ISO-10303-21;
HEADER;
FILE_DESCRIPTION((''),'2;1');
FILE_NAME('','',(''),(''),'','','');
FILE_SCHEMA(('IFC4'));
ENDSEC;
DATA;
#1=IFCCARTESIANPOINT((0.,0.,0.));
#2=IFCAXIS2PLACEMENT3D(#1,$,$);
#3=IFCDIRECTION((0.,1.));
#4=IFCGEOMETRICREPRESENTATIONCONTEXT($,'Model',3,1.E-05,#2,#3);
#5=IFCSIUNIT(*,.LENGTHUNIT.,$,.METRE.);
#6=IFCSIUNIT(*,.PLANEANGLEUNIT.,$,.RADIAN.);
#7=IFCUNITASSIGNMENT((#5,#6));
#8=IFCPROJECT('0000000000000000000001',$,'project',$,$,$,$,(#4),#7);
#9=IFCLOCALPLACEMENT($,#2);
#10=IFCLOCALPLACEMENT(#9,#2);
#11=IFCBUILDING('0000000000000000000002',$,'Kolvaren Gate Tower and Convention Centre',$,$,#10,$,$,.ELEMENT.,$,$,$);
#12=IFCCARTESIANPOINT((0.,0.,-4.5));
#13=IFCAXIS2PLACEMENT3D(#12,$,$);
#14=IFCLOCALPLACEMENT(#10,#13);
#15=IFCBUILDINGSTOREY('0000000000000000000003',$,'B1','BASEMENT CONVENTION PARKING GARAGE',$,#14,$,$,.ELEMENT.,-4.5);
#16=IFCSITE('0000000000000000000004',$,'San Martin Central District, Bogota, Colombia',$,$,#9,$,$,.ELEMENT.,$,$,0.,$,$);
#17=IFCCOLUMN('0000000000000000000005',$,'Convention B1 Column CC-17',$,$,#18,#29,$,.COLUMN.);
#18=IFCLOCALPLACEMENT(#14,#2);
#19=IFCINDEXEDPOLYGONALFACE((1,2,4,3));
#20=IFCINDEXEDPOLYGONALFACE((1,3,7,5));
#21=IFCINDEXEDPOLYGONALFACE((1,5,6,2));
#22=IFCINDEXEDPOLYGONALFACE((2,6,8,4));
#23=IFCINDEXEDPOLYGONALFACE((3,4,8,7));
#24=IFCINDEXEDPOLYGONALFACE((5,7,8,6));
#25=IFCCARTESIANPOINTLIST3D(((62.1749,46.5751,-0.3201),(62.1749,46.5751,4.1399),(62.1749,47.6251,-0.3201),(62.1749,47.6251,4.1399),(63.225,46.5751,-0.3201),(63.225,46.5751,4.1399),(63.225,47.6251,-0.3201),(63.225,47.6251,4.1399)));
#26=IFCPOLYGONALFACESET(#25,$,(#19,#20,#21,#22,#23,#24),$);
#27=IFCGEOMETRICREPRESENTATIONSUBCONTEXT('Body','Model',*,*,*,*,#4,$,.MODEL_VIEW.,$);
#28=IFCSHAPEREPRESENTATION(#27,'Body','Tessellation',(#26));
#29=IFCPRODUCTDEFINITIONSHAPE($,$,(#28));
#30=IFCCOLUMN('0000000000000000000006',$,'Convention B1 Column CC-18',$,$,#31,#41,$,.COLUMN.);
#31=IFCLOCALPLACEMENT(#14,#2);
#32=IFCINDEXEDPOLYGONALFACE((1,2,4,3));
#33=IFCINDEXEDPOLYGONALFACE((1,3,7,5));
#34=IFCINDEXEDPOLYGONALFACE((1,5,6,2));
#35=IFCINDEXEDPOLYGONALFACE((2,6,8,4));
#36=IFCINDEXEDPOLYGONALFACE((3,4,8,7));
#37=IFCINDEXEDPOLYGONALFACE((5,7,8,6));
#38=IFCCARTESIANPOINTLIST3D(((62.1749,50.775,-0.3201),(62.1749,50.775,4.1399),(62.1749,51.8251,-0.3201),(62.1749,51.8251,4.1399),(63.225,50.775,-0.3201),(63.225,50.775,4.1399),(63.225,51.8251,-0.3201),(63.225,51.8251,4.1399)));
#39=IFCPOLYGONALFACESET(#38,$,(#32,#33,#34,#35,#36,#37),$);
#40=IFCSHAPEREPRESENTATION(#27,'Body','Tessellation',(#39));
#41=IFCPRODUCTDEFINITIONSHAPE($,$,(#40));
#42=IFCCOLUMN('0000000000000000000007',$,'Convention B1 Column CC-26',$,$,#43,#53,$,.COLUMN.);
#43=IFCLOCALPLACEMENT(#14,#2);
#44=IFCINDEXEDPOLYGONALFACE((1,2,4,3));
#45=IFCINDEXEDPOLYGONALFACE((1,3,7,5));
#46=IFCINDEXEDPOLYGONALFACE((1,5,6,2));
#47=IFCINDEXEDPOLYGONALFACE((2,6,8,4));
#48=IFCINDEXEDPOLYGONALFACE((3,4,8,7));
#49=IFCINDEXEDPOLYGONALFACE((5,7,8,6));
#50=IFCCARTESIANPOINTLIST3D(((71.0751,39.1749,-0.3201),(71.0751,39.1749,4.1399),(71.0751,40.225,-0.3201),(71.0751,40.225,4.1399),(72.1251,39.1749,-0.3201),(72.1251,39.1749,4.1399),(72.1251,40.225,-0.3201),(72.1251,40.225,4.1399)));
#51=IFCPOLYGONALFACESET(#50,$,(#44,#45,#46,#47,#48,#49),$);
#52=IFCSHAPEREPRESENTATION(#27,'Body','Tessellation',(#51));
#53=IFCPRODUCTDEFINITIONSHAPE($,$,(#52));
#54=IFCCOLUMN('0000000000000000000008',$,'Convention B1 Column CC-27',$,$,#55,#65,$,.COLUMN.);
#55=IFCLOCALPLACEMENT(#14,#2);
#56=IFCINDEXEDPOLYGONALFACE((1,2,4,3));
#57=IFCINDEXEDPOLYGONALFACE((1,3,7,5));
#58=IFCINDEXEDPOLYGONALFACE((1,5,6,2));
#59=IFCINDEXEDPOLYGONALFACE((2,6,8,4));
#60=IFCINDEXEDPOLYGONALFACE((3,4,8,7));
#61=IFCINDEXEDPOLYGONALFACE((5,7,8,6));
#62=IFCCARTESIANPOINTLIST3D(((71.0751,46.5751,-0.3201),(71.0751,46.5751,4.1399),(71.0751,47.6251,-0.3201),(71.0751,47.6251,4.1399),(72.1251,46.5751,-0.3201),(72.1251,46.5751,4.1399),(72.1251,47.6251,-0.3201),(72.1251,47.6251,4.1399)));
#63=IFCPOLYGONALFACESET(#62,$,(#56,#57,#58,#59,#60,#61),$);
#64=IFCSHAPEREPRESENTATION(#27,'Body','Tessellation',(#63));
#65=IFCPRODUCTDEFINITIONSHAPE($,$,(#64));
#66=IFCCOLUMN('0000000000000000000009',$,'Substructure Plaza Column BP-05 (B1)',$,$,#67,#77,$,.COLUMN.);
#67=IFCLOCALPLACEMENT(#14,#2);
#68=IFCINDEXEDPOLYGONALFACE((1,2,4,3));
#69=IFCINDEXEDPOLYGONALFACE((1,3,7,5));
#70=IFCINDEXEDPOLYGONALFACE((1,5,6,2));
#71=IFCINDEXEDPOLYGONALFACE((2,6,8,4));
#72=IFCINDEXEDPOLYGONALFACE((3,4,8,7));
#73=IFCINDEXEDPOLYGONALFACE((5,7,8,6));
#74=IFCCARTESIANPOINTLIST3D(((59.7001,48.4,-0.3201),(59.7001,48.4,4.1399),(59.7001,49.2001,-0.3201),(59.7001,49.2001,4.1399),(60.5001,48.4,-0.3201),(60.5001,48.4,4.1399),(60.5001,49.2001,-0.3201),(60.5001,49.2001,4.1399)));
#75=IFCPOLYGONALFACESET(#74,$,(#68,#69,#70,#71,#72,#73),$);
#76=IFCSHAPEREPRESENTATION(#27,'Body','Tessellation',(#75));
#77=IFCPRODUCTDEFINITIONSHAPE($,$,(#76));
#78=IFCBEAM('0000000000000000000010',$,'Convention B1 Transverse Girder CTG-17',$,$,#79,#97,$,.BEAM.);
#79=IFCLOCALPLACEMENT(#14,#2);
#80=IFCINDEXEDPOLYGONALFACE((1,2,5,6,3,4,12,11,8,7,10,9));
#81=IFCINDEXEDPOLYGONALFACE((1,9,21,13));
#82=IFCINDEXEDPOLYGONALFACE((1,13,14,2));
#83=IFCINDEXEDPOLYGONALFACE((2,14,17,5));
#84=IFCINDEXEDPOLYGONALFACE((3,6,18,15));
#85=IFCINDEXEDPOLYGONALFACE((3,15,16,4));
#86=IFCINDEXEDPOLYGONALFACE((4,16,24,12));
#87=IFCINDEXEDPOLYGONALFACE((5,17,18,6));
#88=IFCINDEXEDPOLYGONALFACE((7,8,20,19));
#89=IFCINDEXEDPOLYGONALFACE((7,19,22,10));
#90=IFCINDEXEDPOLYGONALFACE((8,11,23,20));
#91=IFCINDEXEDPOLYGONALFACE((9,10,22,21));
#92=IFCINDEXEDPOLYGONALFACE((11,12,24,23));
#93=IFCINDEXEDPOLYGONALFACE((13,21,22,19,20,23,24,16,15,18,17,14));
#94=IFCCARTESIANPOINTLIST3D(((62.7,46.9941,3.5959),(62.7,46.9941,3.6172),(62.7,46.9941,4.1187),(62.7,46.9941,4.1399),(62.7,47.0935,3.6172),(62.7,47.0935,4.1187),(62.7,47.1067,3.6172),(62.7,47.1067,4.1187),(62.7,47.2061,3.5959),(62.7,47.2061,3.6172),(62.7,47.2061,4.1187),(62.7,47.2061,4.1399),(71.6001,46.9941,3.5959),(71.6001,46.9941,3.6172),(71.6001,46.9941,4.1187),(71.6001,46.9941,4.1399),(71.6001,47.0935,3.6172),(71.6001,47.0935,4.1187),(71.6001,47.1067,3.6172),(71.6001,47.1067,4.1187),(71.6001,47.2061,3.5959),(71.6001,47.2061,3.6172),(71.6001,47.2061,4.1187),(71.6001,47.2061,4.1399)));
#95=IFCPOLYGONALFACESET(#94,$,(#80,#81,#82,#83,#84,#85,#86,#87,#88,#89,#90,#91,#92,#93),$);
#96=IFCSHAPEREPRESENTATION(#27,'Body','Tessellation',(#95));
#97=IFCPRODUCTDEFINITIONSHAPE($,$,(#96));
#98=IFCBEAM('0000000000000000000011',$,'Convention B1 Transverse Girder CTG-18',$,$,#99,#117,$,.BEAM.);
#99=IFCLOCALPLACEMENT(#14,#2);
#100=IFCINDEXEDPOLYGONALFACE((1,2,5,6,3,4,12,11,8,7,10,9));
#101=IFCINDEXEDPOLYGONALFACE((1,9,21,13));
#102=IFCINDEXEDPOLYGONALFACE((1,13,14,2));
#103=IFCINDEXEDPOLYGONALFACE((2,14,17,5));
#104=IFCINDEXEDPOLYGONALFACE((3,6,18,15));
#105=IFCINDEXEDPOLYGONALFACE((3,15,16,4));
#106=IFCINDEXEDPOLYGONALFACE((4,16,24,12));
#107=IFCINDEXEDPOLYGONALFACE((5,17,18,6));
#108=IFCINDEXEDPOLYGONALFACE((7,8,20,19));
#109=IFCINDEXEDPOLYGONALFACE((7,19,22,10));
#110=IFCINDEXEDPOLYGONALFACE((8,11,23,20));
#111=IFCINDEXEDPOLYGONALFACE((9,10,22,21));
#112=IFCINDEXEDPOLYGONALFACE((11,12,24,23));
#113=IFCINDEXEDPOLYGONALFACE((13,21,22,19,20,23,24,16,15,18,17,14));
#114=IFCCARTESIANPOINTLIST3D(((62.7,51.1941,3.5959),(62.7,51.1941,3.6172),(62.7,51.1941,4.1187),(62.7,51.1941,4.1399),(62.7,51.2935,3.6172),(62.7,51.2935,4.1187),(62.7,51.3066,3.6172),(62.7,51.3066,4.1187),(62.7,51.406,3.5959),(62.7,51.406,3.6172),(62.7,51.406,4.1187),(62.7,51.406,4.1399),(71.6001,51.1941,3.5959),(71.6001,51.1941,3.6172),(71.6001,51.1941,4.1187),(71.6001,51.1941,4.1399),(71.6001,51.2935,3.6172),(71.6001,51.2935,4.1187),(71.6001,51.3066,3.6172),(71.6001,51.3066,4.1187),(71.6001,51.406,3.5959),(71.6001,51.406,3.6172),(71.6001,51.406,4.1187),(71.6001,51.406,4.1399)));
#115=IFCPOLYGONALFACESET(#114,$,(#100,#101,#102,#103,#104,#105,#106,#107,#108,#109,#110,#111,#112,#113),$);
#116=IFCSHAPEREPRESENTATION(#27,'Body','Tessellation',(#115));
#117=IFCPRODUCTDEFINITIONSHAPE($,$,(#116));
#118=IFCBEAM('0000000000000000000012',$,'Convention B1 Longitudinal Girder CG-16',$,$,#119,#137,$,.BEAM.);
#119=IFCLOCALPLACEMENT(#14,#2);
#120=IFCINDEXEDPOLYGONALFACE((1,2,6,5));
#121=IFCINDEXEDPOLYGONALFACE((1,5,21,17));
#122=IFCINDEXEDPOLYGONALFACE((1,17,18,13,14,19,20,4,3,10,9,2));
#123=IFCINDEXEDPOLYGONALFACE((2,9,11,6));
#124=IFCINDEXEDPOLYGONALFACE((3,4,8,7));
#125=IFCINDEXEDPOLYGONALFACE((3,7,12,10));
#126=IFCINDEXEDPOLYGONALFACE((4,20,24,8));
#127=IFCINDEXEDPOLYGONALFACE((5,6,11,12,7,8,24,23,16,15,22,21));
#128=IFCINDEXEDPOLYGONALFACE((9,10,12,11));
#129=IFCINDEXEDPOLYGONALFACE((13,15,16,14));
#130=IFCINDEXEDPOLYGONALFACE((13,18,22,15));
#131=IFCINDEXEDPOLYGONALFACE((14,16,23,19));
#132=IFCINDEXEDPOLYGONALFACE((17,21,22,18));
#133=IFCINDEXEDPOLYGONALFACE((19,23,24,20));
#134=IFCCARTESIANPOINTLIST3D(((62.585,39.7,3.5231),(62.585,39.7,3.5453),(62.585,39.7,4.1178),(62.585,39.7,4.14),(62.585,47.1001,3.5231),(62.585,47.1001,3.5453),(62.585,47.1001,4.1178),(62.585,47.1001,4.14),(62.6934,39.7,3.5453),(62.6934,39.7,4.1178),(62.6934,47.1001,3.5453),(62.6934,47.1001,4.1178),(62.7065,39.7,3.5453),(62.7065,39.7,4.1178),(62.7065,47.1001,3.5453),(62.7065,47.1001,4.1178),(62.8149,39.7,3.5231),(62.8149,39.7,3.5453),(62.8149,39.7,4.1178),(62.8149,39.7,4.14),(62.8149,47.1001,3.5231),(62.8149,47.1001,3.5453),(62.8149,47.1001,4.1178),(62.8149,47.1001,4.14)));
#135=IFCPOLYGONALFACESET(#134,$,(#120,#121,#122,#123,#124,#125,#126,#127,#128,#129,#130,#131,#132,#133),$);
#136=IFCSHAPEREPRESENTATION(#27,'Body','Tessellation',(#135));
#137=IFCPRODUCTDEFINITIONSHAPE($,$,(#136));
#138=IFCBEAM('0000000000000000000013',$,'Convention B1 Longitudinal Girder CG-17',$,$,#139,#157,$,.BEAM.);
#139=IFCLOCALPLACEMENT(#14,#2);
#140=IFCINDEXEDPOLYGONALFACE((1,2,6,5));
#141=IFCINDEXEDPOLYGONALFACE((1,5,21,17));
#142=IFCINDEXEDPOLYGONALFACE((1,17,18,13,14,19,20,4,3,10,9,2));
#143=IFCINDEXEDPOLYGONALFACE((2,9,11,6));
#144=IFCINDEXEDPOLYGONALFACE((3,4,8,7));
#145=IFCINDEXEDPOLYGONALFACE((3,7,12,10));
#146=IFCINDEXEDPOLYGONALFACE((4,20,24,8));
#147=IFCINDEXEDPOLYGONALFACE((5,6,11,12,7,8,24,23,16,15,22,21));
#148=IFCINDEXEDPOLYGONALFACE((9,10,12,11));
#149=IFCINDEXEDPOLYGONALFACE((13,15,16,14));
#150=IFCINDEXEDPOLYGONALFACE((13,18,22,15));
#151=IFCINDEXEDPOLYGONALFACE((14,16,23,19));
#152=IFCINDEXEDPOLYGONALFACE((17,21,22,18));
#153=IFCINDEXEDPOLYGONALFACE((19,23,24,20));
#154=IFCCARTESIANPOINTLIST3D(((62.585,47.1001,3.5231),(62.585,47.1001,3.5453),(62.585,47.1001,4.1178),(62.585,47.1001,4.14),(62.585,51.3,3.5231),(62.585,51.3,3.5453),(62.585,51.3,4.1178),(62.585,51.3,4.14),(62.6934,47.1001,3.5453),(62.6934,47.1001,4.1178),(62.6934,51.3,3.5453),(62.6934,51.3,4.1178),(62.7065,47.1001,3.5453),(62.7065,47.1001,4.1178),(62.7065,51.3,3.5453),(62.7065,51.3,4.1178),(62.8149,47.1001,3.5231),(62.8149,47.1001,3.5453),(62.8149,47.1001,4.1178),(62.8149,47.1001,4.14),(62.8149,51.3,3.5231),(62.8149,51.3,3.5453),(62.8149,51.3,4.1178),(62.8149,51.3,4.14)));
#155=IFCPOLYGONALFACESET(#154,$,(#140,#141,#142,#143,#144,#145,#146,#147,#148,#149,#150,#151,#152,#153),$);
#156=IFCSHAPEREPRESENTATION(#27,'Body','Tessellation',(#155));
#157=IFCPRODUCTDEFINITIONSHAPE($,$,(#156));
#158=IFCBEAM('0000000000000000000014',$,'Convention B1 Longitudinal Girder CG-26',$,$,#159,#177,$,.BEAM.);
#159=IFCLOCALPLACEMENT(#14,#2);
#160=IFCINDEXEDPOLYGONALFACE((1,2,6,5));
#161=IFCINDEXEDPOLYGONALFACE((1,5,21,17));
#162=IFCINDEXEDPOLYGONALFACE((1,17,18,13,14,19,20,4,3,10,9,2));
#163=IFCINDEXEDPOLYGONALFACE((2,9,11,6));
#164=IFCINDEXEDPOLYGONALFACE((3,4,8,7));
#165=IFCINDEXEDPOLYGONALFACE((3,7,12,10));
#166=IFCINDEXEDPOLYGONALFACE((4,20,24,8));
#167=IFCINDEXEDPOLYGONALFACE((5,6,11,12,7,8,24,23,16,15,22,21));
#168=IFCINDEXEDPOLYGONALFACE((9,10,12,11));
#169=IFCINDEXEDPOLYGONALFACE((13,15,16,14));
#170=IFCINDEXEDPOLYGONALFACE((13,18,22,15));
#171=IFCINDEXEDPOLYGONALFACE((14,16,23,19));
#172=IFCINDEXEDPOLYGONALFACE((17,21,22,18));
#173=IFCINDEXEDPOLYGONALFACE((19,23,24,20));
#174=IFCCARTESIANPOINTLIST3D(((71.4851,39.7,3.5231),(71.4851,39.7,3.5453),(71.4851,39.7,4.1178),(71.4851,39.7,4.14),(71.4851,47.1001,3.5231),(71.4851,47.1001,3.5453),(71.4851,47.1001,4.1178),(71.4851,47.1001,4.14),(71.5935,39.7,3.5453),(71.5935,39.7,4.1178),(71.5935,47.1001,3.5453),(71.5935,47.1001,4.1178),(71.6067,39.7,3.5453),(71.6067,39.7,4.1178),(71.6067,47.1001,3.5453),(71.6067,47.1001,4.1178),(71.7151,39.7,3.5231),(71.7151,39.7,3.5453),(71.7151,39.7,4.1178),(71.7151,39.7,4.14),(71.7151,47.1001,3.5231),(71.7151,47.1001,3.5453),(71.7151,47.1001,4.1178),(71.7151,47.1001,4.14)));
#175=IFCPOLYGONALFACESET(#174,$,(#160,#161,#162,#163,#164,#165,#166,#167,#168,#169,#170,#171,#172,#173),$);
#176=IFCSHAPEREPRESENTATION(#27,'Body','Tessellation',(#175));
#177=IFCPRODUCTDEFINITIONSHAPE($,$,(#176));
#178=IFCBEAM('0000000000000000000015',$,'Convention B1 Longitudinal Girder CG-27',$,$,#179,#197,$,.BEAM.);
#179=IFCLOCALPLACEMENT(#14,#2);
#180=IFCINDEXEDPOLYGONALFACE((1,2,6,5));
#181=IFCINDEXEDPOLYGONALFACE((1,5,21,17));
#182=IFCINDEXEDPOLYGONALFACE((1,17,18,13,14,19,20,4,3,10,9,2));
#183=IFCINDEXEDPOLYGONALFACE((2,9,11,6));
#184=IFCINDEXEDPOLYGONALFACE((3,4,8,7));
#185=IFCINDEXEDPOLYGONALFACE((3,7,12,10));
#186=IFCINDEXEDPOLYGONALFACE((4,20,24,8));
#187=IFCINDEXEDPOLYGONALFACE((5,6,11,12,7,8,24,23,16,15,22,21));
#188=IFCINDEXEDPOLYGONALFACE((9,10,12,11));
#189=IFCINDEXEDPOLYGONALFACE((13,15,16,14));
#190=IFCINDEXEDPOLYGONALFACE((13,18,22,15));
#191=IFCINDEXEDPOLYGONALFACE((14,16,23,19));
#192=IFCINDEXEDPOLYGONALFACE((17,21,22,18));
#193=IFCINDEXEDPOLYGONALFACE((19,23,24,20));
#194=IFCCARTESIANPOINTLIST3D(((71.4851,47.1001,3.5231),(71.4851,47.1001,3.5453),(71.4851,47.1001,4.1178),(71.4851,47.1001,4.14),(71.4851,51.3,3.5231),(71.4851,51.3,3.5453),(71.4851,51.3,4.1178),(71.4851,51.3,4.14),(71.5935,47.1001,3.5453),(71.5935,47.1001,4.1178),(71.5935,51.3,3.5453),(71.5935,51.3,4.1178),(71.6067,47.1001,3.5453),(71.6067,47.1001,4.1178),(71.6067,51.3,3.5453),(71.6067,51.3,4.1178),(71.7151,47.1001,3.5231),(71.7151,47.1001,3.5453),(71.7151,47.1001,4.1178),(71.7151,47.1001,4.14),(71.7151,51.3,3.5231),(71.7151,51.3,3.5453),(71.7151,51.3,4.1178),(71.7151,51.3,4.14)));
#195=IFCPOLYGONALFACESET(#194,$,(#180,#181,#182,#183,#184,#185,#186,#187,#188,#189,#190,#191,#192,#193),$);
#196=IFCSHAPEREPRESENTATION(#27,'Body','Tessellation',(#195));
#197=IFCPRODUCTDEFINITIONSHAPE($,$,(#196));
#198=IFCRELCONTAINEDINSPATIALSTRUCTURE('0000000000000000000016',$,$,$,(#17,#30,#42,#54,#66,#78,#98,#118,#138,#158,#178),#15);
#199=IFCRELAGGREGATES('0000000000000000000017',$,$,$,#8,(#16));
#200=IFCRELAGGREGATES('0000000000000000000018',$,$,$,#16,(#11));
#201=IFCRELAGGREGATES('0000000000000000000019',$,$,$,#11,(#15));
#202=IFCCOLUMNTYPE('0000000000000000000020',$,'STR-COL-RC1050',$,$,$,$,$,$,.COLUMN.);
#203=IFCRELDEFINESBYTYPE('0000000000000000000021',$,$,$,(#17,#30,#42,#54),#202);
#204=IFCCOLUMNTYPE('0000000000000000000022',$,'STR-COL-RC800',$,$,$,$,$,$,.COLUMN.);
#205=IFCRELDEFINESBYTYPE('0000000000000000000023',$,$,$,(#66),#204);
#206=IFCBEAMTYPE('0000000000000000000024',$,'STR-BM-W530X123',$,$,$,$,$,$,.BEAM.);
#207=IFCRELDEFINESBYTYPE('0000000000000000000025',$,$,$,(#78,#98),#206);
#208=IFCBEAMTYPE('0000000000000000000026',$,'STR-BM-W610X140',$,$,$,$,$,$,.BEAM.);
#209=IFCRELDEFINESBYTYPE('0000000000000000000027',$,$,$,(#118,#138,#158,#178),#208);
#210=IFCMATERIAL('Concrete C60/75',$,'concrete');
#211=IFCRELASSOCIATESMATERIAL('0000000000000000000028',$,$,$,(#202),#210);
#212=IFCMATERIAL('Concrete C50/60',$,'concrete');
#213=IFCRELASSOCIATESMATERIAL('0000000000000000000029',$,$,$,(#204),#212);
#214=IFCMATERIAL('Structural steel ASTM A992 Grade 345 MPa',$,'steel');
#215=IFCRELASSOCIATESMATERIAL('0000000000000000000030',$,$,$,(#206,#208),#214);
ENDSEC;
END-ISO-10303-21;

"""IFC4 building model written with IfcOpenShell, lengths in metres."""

from ifc_helpers import new_model, si_unit, direction, frame, origin, origin_2d, place, context, subcontext, project, spatial, rectangle, i_section, extrude, material, material_profile, profile_set, type_object, element, save


model = new_model("IFC4")

# Units and contexts
model_context = context("Model", 3, precision=1e-05, world=origin(), true_north=direction((0.0, 1.0)))
body_context = subcontext(model_context, "Body", "Model", "MODEL_VIEW")
ifc_project = project(units=[si_unit("LENGTHUNIT", "METRE"), si_unit("PLANEANGLEUNIT", "RADIAN")], contexts=[model_context])

# Site, building, storey
site_placement = place(None, origin())
site = spatial("IfcSite", under=ifc_project, at=site_placement, Name="San Martin Central District, Bogota, Colombia", CompositionType="ELEMENT", RefElevation=0.0)
building_placement = place(site_placement, origin())
building = spatial("IfcBuilding", under=site, at=building_placement, Name="Kolvaren Gate Tower and Convention Centre", CompositionType="ELEMENT")
storey_placement = place(building_placement, frame((0.0, 0.0, -4.5)))
storey = spatial("IfcBuildingStorey", under=building, at=storey_placement, Name="B1", Description="BASEMENT CONVENTION PARKING GARAGE", CompositionType="ELEMENT", Elevation=-4.5)

# Columns
ifc_material_1 = material(Name="Concrete C60/75", Category="concrete")
ifc_material_profile_1 = material_profile(ifc_material_1, rectangle(XDim=1.05, YDim=1.05, at=origin_2d()), Name="RC-COL-1050X1050")
ifc_profile_set_1 = profile_set([ifc_material_profile_1], Name="Concrete C60/75")
column_type_1 = type_object("IfcColumnType", Name="STR-COL-RC1050", PredefinedType="COLUMN", material=ifc_profile_set_1)
for number, where, z_axis, x_axis, name in (
    (1, (62.7, 47.1001, -0.3201), (0.0, 0.0, 1.0), (1.0, 0.0, 0.0), "Convention B1 Column CC-17"),
    (2, (62.7, 51.3, -0.3201), (0.0, 0.0, 1.0), (1.0, 0.0, 0.0), "Convention B1 Column CC-18"),
    (3, (71.6001, 39.7, -0.3201), (0.0, 0.0, 1.0), (1.0, 0.0, 0.0), "Convention B1 Column CC-26"),
    (4, (71.6001, 47.1001, -0.3201), (0.0, 0.0, 1.0), (1.0, 0.0, 0.0), "Convention B1 Column CC-27"),
):
    element("IfcColumn", number, at=place(storey_placement, frame(where, z_axis=z_axis, x_axis=x_axis)), inside=storey, type_object=column_type_1, Name=name, PredefinedType="COLUMN", context=body_context, shape_type="SweptSolid", body=[
        extrude(rectangle(XDim=1.05, YDim=1.05, at=origin_2d()), origin(), (0.0, 0.0, 1.0), 4.46),
    ])
ifc_material_2 = material(Name="Concrete C50/60", Category="concrete")
ifc_material_profile_2 = material_profile(ifc_material_2, rectangle(XDim=0.8, YDim=0.8, at=origin_2d()), Name="RC-COL-800X800")
ifc_profile_set_2 = profile_set([ifc_material_profile_2], Name="Concrete C50/60")
column_type_2 = type_object("IfcColumnType", Name="STR-COL-RC800", PredefinedType="COLUMN", material=ifc_profile_set_2)
column_placement = place(storey_placement, frame((60.1001, 48.8, -0.3201), z_axis=(0.0, 0.0, 1.0), x_axis=(1.0, 0.0, 0.0)))
element("IfcColumn", 5, at=column_placement, inside=storey, type_object=column_type_2, Name="Substructure Plaza Column BP-05 (B1)", PredefinedType="COLUMN", context=body_context, shape_type="SweptSolid", body=[
    extrude(rectangle(XDim=0.8, YDim=0.8, at=origin_2d()), origin(), (0.0, 0.0, 1.0), 4.46),
])

# Beams
ifc_material_3 = material(Name="Structural steel ASTM A992 Grade 345 MPa", Category="steel")
ifc_material_profile_3 = material_profile(ifc_material_3, i_section(OverallWidth=0.2119, OverallDepth=0.5439, WebThickness=0.0132, FlangeThickness=0.0212, at=origin_2d()), Name="W530X123")
ifc_profile_set_3 = profile_set([ifc_material_profile_3], Name="Structural steel ASTM A992 Grade 345 MPa")
beam_type_1 = type_object("IfcBeamType", Name="STR-BM-W530X123", PredefinedType="BEAM", material=ifc_profile_set_3)
for number, where, z_axis, x_axis, name in (
    (6, (62.7, 47.1001, 3.8679), (1.0, 0.0, 0.0), (0.0, 1.0, 0.0), "Convention B1 Transverse Girder CTG-17"),
    (7, (62.7, 51.3, 3.8679), (1.0, 0.0, 0.0), (0.0, 1.0, 0.0), "Convention B1 Transverse Girder CTG-18"),
):
    element("IfcBeam", number, at=place(storey_placement, frame(where, z_axis=z_axis, x_axis=x_axis)), inside=storey, type_object=beam_type_1, Name=name, PredefinedType="BEAM", context=body_context, shape_type="SweptSolid", body=[
        extrude(i_section(OverallWidth=0.2119, OverallDepth=0.5439, WebThickness=0.0132, FlangeThickness=0.0212, at=origin_2d()), origin(), (0.0, 0.0, 1.0), 8.9001),
    ])
ifc_material_profile_4 = material_profile(ifc_material_3, i_section(OverallWidth=0.23, OverallDepth=0.6169, WebThickness=0.0132, FlangeThickness=0.0222, at=origin_2d()), Name="W610X140")
ifc_profile_set_4 = profile_set([ifc_material_profile_4], Name="Structural steel ASTM A992 Grade 345 MPa")
beam_type_2 = type_object("IfcBeamType", Name="STR-BM-W610X140", PredefinedType="BEAM", material=ifc_profile_set_4)
beam_1_placement = place(storey_placement, frame((62.7, 39.7, 3.8315), z_axis=(0.0, 1.0, 0.0), x_axis=(-1.0, 0.0, 0.0)))
element("IfcBeam", 8, at=beam_1_placement, inside=storey, type_object=beam_type_2, Name="Convention B1 Longitudinal Girder CG-16", PredefinedType="BEAM", context=body_context, shape_type="SweptSolid", body=[
    extrude(i_section(OverallWidth=0.23, OverallDepth=0.6169, WebThickness=0.0132, FlangeThickness=0.0222, at=origin_2d()), origin(), (0.0, 0.0, 1.0), 7.4001),
])
beam_2_placement = place(storey_placement, frame((62.7, 47.1001, 3.8315), z_axis=(0.0, 1.0, 0.0), x_axis=(-1.0, 0.0, 0.0)))
element("IfcBeam", 9, at=beam_2_placement, inside=storey, type_object=beam_type_2, Name="Convention B1 Longitudinal Girder CG-17", PredefinedType="BEAM", context=body_context, shape_type="SweptSolid", body=[
    extrude(i_section(OverallWidth=0.23, OverallDepth=0.6169, WebThickness=0.0132, FlangeThickness=0.0222, at=origin_2d()), origin(), (0.0, 0.0, 1.0), 4.2),
])
beam_3_placement = place(storey_placement, frame((71.6001, 39.7, 3.8315), z_axis=(0.0, 1.0, 0.0), x_axis=(-1.0, 0.0, 0.0)))
element("IfcBeam", 10, at=beam_3_placement, inside=storey, type_object=beam_type_2, Name="Convention B1 Longitudinal Girder CG-26", PredefinedType="BEAM", context=body_context, shape_type="SweptSolid", body=[
    extrude(i_section(OverallWidth=0.23, OverallDepth=0.6169, WebThickness=0.0132, FlangeThickness=0.0222, at=origin_2d()), origin(), (0.0, 0.0, 1.0), 7.4001),
])
beam_4_placement = place(storey_placement, frame((71.6001, 47.1001, 3.8315), z_axis=(0.0, 1.0, 0.0), x_axis=(-1.0, 0.0, 0.0)))
element("IfcBeam", 11, at=beam_4_placement, inside=storey, type_object=beam_type_2, Name="Convention B1 Longitudinal Girder CG-27", PredefinedType="BEAM", context=body_context, shape_type="SweptSolid", body=[
    extrude(i_section(OverallWidth=0.23, OverallDepth=0.6169, WebThickness=0.0132, FlangeThickness=0.0222, at=origin_2d()), origin(), (0.0, 0.0, 1.0), 4.2),
])

save(model, "model.ifc")
